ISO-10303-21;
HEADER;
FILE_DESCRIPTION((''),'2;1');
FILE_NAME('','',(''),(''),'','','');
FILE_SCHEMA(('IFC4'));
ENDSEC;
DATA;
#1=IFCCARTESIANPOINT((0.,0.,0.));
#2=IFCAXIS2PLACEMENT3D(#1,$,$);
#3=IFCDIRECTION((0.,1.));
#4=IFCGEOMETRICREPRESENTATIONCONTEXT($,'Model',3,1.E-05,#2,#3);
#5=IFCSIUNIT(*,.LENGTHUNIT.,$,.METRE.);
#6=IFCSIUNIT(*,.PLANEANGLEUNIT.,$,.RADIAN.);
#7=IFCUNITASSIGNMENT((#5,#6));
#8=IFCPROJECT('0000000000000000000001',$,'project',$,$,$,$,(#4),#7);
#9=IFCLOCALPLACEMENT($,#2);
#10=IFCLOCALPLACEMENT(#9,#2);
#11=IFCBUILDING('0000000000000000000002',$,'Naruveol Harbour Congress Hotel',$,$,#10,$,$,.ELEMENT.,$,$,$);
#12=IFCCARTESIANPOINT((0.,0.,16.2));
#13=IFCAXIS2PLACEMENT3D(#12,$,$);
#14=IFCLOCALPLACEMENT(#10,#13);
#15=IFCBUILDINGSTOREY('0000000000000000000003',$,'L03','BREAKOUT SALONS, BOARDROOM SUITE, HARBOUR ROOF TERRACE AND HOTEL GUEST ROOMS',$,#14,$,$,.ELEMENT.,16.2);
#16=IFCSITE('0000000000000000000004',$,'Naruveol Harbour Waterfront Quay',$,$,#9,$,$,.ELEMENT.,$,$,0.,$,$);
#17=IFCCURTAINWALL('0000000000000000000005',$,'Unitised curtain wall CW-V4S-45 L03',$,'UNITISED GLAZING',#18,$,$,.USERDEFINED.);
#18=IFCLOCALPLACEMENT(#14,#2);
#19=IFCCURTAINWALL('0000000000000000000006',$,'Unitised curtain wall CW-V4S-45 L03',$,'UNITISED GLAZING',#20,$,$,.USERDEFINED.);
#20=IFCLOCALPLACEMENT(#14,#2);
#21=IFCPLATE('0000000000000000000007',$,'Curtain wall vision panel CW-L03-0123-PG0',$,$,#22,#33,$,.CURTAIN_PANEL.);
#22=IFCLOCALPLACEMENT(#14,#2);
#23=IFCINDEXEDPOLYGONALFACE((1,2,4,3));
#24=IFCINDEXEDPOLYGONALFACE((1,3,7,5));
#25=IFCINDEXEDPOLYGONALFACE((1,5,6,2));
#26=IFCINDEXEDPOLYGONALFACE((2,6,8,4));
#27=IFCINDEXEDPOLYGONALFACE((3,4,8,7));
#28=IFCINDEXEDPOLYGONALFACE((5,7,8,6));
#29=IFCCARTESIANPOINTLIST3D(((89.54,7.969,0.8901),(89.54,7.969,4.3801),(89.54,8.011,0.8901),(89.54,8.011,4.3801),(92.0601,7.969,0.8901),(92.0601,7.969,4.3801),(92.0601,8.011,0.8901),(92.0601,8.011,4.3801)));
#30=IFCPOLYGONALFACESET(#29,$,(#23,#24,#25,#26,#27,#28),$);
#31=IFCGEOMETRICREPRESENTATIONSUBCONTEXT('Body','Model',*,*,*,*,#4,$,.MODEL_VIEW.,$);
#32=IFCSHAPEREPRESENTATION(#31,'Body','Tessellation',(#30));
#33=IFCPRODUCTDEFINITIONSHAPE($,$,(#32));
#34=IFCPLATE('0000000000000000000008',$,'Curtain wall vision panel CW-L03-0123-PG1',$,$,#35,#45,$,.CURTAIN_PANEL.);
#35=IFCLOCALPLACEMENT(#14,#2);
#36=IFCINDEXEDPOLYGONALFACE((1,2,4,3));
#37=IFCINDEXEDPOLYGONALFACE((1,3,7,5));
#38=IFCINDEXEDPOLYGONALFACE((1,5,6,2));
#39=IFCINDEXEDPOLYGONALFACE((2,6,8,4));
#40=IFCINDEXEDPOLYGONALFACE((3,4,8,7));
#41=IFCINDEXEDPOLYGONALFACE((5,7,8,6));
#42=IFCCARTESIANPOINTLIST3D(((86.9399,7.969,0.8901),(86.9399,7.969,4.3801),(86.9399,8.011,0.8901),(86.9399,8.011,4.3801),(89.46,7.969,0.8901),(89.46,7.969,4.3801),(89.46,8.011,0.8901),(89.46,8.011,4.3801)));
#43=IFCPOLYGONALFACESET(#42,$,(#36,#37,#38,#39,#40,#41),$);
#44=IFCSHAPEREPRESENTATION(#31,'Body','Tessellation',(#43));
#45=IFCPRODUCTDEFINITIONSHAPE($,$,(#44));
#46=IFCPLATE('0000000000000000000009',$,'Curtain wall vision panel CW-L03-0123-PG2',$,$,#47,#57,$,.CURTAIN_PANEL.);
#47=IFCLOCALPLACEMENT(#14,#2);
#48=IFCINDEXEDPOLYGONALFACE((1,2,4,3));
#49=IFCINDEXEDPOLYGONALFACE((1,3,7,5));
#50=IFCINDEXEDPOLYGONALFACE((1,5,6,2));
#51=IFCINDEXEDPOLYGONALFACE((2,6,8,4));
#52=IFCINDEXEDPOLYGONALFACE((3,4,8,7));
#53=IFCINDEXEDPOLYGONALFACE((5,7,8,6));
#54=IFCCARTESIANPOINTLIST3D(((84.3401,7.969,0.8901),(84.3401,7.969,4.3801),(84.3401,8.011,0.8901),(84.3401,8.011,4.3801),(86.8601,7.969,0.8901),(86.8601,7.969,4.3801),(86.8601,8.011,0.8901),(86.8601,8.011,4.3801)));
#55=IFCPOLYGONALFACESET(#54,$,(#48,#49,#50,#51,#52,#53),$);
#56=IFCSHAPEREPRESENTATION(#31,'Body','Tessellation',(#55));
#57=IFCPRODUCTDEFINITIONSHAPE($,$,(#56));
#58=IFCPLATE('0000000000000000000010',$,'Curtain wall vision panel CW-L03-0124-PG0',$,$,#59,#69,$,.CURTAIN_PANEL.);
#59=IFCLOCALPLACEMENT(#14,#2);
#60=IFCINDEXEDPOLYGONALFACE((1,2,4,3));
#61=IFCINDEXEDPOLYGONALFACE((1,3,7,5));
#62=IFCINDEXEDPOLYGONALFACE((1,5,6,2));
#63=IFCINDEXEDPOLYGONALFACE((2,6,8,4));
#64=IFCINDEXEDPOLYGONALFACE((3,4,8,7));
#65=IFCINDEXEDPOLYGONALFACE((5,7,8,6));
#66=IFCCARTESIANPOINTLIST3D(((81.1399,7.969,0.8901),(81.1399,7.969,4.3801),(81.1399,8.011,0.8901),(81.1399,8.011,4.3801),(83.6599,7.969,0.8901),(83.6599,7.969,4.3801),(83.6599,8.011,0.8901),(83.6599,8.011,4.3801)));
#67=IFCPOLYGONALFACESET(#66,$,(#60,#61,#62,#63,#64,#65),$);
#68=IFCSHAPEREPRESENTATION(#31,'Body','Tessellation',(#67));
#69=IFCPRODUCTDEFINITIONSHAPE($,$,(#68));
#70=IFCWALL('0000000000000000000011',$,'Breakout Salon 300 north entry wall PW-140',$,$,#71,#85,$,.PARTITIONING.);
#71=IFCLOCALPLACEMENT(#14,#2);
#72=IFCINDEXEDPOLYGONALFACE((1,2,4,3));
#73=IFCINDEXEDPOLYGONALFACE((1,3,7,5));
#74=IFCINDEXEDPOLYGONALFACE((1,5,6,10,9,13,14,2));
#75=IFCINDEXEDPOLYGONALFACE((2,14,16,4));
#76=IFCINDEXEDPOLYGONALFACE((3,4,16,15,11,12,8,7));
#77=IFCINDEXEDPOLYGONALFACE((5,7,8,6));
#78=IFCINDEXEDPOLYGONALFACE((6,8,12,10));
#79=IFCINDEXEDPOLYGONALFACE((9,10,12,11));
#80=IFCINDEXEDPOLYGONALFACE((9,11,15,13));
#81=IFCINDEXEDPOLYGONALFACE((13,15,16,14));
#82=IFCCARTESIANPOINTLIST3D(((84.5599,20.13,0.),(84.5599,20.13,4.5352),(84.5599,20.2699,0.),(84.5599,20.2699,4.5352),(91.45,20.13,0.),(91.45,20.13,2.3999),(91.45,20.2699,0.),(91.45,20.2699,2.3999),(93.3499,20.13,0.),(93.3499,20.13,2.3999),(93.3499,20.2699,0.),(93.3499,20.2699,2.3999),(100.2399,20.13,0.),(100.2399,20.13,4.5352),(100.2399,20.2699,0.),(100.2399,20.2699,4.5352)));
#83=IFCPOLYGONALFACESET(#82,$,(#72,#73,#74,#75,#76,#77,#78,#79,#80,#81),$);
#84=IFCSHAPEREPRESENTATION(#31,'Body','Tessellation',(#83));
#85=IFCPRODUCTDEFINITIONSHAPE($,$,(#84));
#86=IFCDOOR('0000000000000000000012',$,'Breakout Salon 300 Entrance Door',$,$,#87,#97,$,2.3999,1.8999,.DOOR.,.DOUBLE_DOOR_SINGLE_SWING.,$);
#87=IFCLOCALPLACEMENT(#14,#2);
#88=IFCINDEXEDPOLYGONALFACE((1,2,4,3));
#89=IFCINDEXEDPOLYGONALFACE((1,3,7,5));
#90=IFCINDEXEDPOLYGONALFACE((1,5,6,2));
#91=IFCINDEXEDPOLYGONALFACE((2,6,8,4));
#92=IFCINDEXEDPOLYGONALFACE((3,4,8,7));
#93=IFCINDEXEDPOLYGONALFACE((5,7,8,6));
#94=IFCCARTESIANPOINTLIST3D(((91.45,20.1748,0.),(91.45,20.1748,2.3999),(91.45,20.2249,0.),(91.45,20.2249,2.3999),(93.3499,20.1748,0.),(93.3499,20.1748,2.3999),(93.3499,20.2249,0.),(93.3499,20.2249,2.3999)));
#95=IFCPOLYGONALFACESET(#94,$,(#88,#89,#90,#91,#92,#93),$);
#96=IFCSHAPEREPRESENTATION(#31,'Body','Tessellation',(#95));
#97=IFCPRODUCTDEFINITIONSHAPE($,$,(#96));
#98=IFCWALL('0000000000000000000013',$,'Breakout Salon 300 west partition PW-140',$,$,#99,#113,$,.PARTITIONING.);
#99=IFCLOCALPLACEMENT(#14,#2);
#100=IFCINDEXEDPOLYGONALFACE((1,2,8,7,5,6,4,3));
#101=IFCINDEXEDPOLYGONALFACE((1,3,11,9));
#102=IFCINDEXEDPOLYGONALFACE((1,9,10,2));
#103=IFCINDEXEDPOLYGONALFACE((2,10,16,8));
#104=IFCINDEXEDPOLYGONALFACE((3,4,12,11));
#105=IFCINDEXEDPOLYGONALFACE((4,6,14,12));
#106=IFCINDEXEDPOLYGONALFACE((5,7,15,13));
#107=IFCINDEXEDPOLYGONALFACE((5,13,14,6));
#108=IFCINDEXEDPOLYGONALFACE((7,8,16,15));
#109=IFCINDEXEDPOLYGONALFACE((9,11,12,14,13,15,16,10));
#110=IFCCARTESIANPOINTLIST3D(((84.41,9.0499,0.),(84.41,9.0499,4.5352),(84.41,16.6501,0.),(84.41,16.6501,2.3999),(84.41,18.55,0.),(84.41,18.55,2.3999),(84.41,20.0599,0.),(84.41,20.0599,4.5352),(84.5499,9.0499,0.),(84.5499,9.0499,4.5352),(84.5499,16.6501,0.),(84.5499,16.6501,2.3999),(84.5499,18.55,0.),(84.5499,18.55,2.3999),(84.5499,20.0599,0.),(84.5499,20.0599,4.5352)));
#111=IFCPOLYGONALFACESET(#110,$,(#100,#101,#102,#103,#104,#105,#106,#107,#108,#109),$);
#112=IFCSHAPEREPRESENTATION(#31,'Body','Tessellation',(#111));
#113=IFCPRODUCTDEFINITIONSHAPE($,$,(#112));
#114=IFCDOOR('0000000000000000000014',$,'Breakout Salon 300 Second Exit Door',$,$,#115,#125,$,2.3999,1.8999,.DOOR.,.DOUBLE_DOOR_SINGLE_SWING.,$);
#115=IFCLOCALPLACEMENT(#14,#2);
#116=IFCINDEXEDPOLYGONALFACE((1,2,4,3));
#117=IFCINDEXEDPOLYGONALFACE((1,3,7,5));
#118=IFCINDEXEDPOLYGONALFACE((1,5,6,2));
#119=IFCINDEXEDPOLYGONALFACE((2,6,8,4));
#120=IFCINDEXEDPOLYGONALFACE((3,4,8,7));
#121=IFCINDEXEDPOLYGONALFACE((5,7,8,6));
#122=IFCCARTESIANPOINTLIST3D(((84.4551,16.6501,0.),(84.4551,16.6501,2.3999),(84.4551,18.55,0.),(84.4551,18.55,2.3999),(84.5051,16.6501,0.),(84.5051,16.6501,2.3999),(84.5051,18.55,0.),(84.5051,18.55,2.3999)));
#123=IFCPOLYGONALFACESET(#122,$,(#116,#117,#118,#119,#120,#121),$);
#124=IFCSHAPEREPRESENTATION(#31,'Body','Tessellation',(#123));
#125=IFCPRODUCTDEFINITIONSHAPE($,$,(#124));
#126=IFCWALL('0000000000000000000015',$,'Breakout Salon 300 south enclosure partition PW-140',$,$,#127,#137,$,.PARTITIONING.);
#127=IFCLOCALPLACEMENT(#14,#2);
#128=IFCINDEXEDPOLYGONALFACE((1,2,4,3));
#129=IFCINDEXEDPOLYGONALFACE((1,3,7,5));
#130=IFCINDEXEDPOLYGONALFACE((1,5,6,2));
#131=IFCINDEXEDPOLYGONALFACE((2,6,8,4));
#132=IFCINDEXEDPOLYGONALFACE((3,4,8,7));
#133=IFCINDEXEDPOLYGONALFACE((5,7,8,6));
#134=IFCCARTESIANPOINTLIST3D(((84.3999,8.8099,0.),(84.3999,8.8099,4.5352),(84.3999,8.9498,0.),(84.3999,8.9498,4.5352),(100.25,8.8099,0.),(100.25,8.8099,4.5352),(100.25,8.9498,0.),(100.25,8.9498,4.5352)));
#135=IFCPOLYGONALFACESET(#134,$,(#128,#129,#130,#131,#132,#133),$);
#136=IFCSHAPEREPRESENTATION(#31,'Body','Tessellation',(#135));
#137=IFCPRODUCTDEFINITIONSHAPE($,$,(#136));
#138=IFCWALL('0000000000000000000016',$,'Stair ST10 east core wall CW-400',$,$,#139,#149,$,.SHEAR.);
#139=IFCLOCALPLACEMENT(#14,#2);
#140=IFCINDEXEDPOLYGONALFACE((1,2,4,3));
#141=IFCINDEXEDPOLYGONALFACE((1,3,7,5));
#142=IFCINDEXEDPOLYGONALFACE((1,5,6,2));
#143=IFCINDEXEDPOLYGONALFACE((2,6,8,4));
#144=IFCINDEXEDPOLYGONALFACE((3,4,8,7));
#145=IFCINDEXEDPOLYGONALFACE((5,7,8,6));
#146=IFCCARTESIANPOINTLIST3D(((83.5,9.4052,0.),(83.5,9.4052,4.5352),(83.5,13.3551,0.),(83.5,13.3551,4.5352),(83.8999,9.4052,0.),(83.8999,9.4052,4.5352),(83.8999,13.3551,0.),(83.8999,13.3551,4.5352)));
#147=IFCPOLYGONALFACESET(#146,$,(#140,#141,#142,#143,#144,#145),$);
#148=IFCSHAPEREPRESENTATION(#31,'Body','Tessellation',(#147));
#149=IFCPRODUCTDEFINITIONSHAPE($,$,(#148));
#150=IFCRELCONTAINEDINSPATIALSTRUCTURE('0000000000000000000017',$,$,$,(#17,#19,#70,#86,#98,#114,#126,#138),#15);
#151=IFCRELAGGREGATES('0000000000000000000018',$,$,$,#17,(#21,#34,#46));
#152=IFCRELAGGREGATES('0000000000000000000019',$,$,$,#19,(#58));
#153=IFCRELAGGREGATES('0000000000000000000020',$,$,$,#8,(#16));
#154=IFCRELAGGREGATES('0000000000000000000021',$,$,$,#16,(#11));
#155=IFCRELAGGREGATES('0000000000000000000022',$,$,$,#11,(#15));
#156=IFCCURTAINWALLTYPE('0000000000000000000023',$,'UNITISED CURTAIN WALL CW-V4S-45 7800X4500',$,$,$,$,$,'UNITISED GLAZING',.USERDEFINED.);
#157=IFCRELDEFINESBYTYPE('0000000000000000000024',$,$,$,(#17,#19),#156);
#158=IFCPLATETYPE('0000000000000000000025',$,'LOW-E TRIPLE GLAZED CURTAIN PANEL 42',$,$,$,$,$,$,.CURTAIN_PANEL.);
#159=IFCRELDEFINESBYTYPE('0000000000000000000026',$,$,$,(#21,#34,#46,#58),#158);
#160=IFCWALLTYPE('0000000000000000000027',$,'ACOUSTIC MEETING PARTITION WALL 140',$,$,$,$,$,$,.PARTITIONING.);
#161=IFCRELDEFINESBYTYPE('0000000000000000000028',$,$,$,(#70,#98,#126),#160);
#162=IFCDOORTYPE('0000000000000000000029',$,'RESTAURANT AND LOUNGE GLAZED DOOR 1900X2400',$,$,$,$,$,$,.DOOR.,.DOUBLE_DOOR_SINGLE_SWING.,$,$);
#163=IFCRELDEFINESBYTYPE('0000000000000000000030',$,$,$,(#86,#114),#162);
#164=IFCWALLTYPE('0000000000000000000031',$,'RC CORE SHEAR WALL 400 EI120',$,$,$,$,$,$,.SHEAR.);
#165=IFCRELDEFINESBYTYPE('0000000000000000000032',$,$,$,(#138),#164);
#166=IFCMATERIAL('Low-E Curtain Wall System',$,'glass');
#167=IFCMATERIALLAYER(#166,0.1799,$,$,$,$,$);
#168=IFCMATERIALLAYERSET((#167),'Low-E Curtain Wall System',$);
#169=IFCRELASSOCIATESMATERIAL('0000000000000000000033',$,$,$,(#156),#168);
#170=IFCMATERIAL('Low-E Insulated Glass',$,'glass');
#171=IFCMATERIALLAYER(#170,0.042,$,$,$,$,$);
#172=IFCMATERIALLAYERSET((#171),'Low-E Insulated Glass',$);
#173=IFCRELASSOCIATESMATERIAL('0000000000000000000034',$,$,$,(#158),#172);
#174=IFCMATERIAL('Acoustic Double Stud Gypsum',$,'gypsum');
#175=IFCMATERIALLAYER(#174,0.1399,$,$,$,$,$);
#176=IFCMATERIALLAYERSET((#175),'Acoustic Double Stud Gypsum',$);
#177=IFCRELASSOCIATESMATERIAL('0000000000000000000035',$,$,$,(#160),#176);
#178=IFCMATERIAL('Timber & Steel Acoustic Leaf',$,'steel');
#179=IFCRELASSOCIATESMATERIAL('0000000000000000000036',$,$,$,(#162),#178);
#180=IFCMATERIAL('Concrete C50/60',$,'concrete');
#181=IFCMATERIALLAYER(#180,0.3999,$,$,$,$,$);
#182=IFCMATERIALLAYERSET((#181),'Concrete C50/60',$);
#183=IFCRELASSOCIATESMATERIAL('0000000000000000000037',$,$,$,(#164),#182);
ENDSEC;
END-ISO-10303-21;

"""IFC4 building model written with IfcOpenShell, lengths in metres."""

from ifc_helpers import new_model, si_unit, direction, frame, frame_2d, origin, origin_2d, place, context, subcontext, project, spatial, rectangle, extrude, material, layer, layer_set, type_object, element, fill, aggregate, save


model = new_model("IFC4")

# Units and contexts
model_context = context("Model", 3, precision=1e-05, world=origin(), true_north=direction((0.0, 1.0)))
body_context = subcontext(model_context, "Body", "Model", "MODEL_VIEW")
ifc_project = project(units=[si_unit("LENGTHUNIT", "METRE"), si_unit("PLANEANGLEUNIT", "RADIAN")], contexts=[model_context])

# Site, building, storey
site_placement = place(None, origin())
site = spatial("IfcSite", under=ifc_project, at=site_placement, Name="Naruveol Harbour Waterfront Quay", CompositionType="ELEMENT", RefElevation=0.0)
building_placement = place(site_placement, origin())
building = spatial("IfcBuilding", under=site, at=building_placement, Name="Naruveol Harbour Congress Hotel", CompositionType="ELEMENT")
storey_placement = place(building_placement, frame((0.0, 0.0, 16.2)))
storey = spatial("IfcBuildingStorey", under=building, at=storey_placement, Name="L03", Description="BREAKOUT SALONS, BOARDROOM SUITE, HARBOUR ROOF TERRACE AND HOTEL GUEST ROOMS", CompositionType="ELEMENT", Elevation=16.2)

# Curtain wall
ifc_material_1 = material(Name="Low-E Curtain Wall System", Category="glass")
ifc_layer_1 = layer(ifc_material_1, 0.1799)
ifc_layer_set_1 = layer_set([ifc_layer_1], Name="Low-E Curtain Wall System")
curtain_wall_type = type_object("IfcCurtainWallType", Name="UNITISED CURTAIN WALL CW-V4S-45 7800X4500", ElementType="UNITISED GLAZING", PredefinedType="USERDEFINED", material=ifc_layer_set_1)
curtain_wall_1_placement = place(storey_placement, origin())
curtain_wall_1 = element("IfcCurtainWall", 1, at=curtain_wall_1_placement, inside=storey, type_object=curtain_wall_type, Name="Unitised curtain wall CW-V4S-45 L03", ObjectType="UNITISED GLAZING", PredefinedType="USERDEFINED")

# Curtain wall
curtain_wall_2_placement = place(storey_placement, origin())
curtain_wall_2 = element("IfcCurtainWall", 2, at=curtain_wall_2_placement, inside=storey, type_object=curtain_wall_type, Name="Unitised curtain wall CW-V4S-45 L03", ObjectType="UNITISED GLAZING", PredefinedType="USERDEFINED")

# Plates
ifc_material_2 = material(Name="Low-E Insulated Glass", Category="glass")
ifc_layer_2 = layer(ifc_material_2, 0.042)
ifc_layer_set_2 = layer_set([ifc_layer_2], Name="Low-E Insulated Glass")
plate_type_1 = type_object("IfcPlateType", Name="LOW-E TRIPLE GLAZED CURTAIN PANEL 42", PredefinedType="CURTAIN_PANEL", material=ifc_layer_set_2)
plate_1_placement = place(storey_placement, frame((90.8, 7.99, 0.8901), z_axis=(0.0, 0.0, 1.0), x_axis=(-1.0, 0.0, 0.0)))
plate_1 = element("IfcPlate", 3, at=plate_1_placement, type_object=plate_type_1, Name="Curtain wall vision panel CW-L03-0123-PG0", PredefinedType="CURTAIN_PANEL", context=body_context, shape_type="SweptSolid", body=[
    extrude(rectangle(XDim=2.52, YDim=0.042, at=origin_2d()), origin(), (0.0, 0.0, 1.0), 3.49),
])
plate_2_placement = place(storey_placement, frame((88.2, 7.99, 0.8901), z_axis=(0.0, 0.0, 1.0), x_axis=(-1.0, 0.0, 0.0)))
plate_2 = element("IfcPlate", 4, at=plate_2_placement, type_object=plate_type_1, Name="Curtain wall vision panel CW-L03-0123-PG1", PredefinedType="CURTAIN_PANEL", context=body_context, shape_type="SweptSolid", body=[
    extrude(rectangle(XDim=2.52, YDim=0.042, at=origin_2d()), origin(), (0.0, 0.0, 1.0), 3.49),
])
plate_3_placement = place(storey_placement, frame((85.6001, 7.99, 0.8901), z_axis=(0.0, 0.0, 1.0), x_axis=(-1.0, 0.0, 0.0)))
plate_3 = element("IfcPlate", 5, at=plate_3_placement, type_object=plate_type_1, Name="Curtain wall vision panel CW-L03-0123-PG2", PredefinedType="CURTAIN_PANEL", context=body_context, shape_type="SweptSolid", body=[
    extrude(rectangle(XDim=2.52, YDim=0.042, at=origin_2d()), origin(), (0.0, 0.0, 1.0), 3.49),
])
aggregate(curtain_wall_1, [plate_1, plate_2, plate_3])
plate_4_placement = place(storey_placement, frame((82.3999, 7.99, 0.8901), z_axis=(0.0, 0.0, 1.0), x_axis=(-1.0, 0.0, 0.0)))
plate_4 = element("IfcPlate", 6, at=plate_4_placement, type_object=plate_type_1, Name="Curtain wall vision panel CW-L03-0124-PG0", PredefinedType="CURTAIN_PANEL", context=body_context, shape_type="SweptSolid", body=[
    extrude(rectangle(XDim=2.52, YDim=0.042, at=origin_2d()), origin(), (0.0, 0.0, 1.0), 3.49),
])
aggregate(curtain_wall_2, [plate_4])

# Walls, openings, doors
ifc_material_3 = material(Name="Acoustic Double Stud Gypsum", Category="gypsum")
ifc_layer_3 = layer(ifc_material_3, 0.1399)
ifc_layer_set_3 = layer_set([ifc_layer_3], Name="Acoustic Double Stud Gypsum")
wall_type_1 = type_object("IfcWallType", Name="ACOUSTIC MEETING PARTITION WALL 140", PredefinedType="PARTITIONING", material=ifc_layer_set_3)
wall_1_placement = place(storey_placement, frame((84.5601, 20.2, 0.0), z_axis=(0.0, 0.0, 1.0), x_axis=(1.0, 0.0, 0.0)))
wall_1 = element("IfcWall", 7, at=wall_1_placement, inside=storey, type_object=wall_type_1, Name="Breakout Salon 300 north entry wall PW-140", PredefinedType="PARTITIONING", context=body_context, shape_type="SweptSolid", body=[
    extrude(rectangle(XDim=15.6799, YDim=0.1399, at=frame_2d((7.8398, 0.0))), origin(), (0.0, 0.0, 1.0), 4.5352),
])
opening_1_placement = place(wall_1_placement, frame((6.8899, 0.0, 0.0)))
opening_1 = element("IfcOpeningElement", 8, at=opening_1_placement, cuts=wall_1, PredefinedType="OPENING", context=body_context, shape_type="SweptSolid", body=[
    extrude(rectangle(XDim=1.8999, YDim=2.3999, at=frame_2d((0.95, 1.2))), frame((0.0, 0.0798, 0.0), z_axis=(0.0, -1.0, 0.0), x_axis=(1.0, 0.0, 0.0)), (0.0, 0.0, 1.0), 0.1599),
])
ifc_material_4 = material(Name="Timber & Steel Acoustic Leaf", Category="steel")
door_type = type_object("IfcDoorType", Name="RESTAURANT AND LOUNGE GLAZED DOOR 1900X2400", OperationType="DOUBLE_DOOR_SINGLE_SWING", PredefinedType="DOOR", material=ifc_material_4)
door_1_placement = place(opening_1_placement, origin())
door_1 = element("IfcDoor", 9, at=door_1_placement, inside=storey, type_object=door_type, Name="Breakout Salon 300 Entrance Door", OperationType="DOUBLE_DOOR_SINGLE_SWING", OverallHeight=2.3999, OverallWidth=1.8999, PredefinedType="DOOR", context=body_context, shape_type="SweptSolid", body=[
    extrude(rectangle(XDim=1.8999, YDim=2.3999, at=frame_2d((0.95, 1.2))), frame((0.0, 0.0249, 0.0), z_axis=(0.0, -1.0, 0.0), x_axis=(1.0, 0.0, 0.0)), (0.0, 0.0, 1.0), 0.05),
])
fill(opening_1, door_1)
wall_2_placement = place(storey_placement, frame((84.48, 9.05, 0.0), z_axis=(0.0, 0.0, 1.0), x_axis=(0.0, 1.0, 0.0)))
wall_2 = element("IfcWall", 10, at=wall_2_placement, inside=storey, type_object=wall_type_1, Name="Breakout Salon 300 west partition PW-140", PredefinedType="PARTITIONING", context=body_context, shape_type="SweptSolid", body=[
    extrude(rectangle(XDim=11.01, YDim=0.1399, at=frame_2d((5.5049, 0.0))), origin(), (0.0, 0.0, 1.0), 4.5352),
])
opening_2_placement = place(wall_2_placement, frame((7.6001, 0.0, 0.0)))
opening_2 = element("IfcOpeningElement", 11, at=opening_2_placement, cuts=wall_2, PredefinedType="OPENING", context=body_context, shape_type="SweptSolid", body=[
    extrude(rectangle(XDim=1.8999, YDim=2.3999, at=frame_2d((0.95, 1.2))), frame((0.0, 0.0798, 0.0), z_axis=(0.0, -1.0, 0.0), x_axis=(1.0, 0.0, 0.0)), (0.0, 0.0, 1.0), 0.1599),
])
door_2_placement = place(opening_2_placement, origin())
door_2 = element("IfcDoor", 12, at=door_2_placement, inside=storey, type_object=door_type, Name="Breakout Salon 300 Second Exit Door", OperationType="DOUBLE_DOOR_SINGLE_SWING", OverallHeight=2.3999, OverallWidth=1.8999, PredefinedType="DOOR", context=body_context, shape_type="SweptSolid", body=[
    extrude(rectangle(XDim=1.8999, YDim=2.3999, at=frame_2d((0.95, 1.2))), frame((0.0, 0.0249, 0.0), z_axis=(0.0, -1.0, 0.0), x_axis=(1.0, 0.0, 0.0)), (0.0, 0.0, 1.0), 0.05),
])
fill(opening_2, door_2)

# Walls
wall_3_placement = place(storey_placement, frame((84.3999, 8.8799, 0.0), z_axis=(0.0, 0.0, 1.0), x_axis=(1.0, 0.0, 0.0)))
element("IfcWall", 13, at=wall_3_placement, inside=storey, type_object=wall_type_1, Name="Breakout Salon 300 south enclosure partition PW-140", PredefinedType="PARTITIONING", context=body_context, shape_type="SweptSolid", body=[
    extrude(rectangle(XDim=15.8501, YDim=0.1399, at=frame_2d((7.925, 0.0))), origin(), (0.0, 0.0, 1.0), 4.5352),
])
ifc_material_5 = material(Name="Concrete C50/60", Category="concrete")
ifc_layer_4 = layer(ifc_material_5, 0.3999)
ifc_layer_set_4 = layer_set([ifc_layer_4], Name="Concrete C50/60")
wall_type_2 = type_object("IfcWallType", Name="RC CORE SHEAR WALL 400 EI120", PredefinedType="SHEAR", material=ifc_layer_set_4)
wall_4_placement = place(storey_placement, frame((83.7, 9.405, 0.0), z_axis=(0.0, 0.0, 1.0), x_axis=(0.0, 1.0, 0.0)))
element("IfcWall", 14, at=wall_4_placement, inside=storey, type_object=wall_type_2, Name="Stair ST10 east core wall CW-400", PredefinedType="SHEAR", context=body_context, shape_type="SweptSolid", body=[
    extrude(rectangle(XDim=3.95, YDim=0.3999, at=frame_2d((1.9751, 0.0))), origin(), (0.0, 0.0, 1.0), 4.5352),
])

save(model, "model.ifc")
